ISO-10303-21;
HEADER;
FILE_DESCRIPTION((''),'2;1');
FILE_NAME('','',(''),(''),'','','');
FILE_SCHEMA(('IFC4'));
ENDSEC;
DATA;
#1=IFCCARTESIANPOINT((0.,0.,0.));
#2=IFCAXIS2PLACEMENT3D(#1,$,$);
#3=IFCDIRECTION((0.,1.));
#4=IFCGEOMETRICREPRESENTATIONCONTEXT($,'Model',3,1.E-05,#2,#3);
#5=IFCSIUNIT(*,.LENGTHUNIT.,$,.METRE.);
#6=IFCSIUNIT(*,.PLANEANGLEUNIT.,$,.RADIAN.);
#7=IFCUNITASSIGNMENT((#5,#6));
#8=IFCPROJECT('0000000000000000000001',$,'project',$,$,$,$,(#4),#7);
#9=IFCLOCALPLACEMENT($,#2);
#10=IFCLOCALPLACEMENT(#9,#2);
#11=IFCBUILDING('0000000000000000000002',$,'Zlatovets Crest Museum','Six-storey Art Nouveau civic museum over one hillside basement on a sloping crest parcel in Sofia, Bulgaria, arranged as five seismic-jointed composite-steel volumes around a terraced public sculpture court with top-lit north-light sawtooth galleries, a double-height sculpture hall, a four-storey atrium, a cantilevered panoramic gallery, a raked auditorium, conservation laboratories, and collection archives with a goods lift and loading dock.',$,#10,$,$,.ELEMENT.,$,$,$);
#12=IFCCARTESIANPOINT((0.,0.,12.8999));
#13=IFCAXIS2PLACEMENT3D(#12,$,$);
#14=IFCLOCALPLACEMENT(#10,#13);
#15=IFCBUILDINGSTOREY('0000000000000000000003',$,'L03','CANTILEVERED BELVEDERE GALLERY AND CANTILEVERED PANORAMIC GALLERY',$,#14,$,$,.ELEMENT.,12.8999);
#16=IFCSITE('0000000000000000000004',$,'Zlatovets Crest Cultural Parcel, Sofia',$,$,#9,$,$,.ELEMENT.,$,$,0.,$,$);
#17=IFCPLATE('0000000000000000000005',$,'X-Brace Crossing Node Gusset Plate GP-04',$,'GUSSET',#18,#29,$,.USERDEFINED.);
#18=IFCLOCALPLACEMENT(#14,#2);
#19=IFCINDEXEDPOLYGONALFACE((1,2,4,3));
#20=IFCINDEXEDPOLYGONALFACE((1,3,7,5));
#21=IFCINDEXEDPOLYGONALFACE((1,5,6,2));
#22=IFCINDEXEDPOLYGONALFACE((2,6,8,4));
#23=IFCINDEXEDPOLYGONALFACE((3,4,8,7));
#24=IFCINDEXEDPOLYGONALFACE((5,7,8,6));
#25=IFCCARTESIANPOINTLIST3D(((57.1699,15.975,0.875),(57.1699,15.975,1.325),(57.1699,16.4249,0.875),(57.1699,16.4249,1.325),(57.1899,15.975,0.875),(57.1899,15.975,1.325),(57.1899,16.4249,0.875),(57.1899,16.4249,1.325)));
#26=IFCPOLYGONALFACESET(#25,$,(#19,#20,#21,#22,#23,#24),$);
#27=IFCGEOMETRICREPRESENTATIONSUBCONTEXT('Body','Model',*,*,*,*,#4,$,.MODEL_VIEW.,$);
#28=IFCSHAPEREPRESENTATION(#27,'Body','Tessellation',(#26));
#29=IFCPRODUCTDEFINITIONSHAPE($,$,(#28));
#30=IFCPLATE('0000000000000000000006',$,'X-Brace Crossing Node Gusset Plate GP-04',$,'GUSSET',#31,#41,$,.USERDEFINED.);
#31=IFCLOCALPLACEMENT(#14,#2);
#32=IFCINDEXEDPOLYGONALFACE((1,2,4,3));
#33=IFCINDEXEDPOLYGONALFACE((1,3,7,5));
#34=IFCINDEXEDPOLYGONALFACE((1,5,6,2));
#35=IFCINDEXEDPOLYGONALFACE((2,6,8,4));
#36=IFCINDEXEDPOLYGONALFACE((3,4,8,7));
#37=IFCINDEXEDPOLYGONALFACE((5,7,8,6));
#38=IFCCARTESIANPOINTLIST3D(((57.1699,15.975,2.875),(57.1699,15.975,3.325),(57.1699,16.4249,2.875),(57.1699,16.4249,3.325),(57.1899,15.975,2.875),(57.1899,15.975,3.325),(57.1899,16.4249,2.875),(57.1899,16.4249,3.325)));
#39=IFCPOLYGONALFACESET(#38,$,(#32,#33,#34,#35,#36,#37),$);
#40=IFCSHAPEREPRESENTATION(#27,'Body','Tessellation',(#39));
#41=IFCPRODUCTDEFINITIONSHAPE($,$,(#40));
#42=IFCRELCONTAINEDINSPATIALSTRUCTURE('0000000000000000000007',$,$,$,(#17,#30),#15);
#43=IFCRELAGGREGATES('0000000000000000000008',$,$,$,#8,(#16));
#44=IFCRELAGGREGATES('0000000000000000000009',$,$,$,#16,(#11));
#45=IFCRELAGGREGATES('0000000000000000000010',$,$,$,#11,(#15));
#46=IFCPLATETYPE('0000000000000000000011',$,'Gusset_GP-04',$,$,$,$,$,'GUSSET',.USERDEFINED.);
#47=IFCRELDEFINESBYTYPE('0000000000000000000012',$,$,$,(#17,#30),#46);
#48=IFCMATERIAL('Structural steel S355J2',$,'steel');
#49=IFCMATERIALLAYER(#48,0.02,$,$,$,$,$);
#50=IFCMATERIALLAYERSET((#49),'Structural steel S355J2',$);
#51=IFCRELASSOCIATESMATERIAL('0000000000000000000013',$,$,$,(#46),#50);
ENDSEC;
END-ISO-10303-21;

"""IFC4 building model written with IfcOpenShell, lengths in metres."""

from ifc_helpers import new_model, si_unit, direction, frame, origin, origin_2d, place, context, subcontext, project, spatial, rectangle, extrude, material, layer, layer_set, type_object, element, save


model = new_model("IFC4")

# Units and contexts
model_context = context("Model", 3, precision=1e-05, world=origin(), true_north=direction((0.0, 1.0)))
body_context = subcontext(model_context, "Body", "Model", "MODEL_VIEW")
ifc_project = project(units=[si_unit("LENGTHUNIT", "METRE"), si_unit("PLANEANGLEUNIT", "RADIAN")], contexts=[model_context])

# Site, building, storey
site_placement = place(None, origin())
site = spatial("IfcSite", under=ifc_project, at=site_placement, Name="Zlatovets Crest Cultural Parcel, Sofia", CompositionType="ELEMENT", RefElevation=0.0)
building_placement = place(site_placement, origin())
building = spatial("IfcBuilding", under=site, at=building_placement, Name="Zlatovets Crest Museum", Description="Six-storey Art Nouveau civic museum over one hillside basement on a sloping crest parcel in Sofia, Bulgaria, arranged as five seismic-jointed composite-steel volumes around a terraced public sculpture court with top-lit north-light sawtooth galleries, a double-height sculpture hall, a four-storey atrium, a cantilevered panoramic gallery, a raked auditorium, conservation laboratories, and collection archives with a goods lift and loading dock.", CompositionType="ELEMENT")
storey_placement = place(building_placement, frame((0.0, 0.0, 12.8999)))
storey = spatial("IfcBuildingStorey", under=building, at=storey_placement, Name="L03", Description="CANTILEVERED BELVEDERE GALLERY AND CANTILEVERED PANORAMIC GALLERY", CompositionType="ELEMENT", Elevation=12.8999)

# Shared definitions
ifc_material_1 = material(Name="Structural steel S355J2", Category="steel")

# Plates
ifc_layer_1 = layer(ifc_material_1, 0.02)
ifc_layer_set_1 = layer_set([ifc_layer_1], Name="Structural steel S355J2")
plate_type_1 = type_object("IfcPlateType", Name="Gusset_GP-04", ElementType="GUSSET", PredefinedType="USERDEFINED", material=ifc_layer_set_1)
for number, where, z_axis, x_axis, name in (
    (1, (57.1799, 16.2, 0.875), (0.0, 0.0, 1.0), (1.0, 0.0, 0.0), "X-Brace Crossing Node Gusset Plate GP-04"),
    (2, (57.1799, 16.2, 2.875), (0.0, 0.0, 1.0), (1.0, 0.0, 0.0), "X-Brace Crossing Node Gusset Plate GP-04"),
):
    element("IfcPlate", number, at=place(storey_placement, frame(where, z_axis=z_axis, x_axis=x_axis)), inside=storey, type_object=plate_type_1, Name=name, ObjectType="GUSSET", PredefinedType="USERDEFINED", context=body_context, shape_type="SweptSolid", body=[
        extrude(rectangle(XDim=0.02, YDim=0.45, at=origin_2d()), origin(), (0.0, 0.0, 1.0), 0.45),
    ])

save(model, "model.ifc")
